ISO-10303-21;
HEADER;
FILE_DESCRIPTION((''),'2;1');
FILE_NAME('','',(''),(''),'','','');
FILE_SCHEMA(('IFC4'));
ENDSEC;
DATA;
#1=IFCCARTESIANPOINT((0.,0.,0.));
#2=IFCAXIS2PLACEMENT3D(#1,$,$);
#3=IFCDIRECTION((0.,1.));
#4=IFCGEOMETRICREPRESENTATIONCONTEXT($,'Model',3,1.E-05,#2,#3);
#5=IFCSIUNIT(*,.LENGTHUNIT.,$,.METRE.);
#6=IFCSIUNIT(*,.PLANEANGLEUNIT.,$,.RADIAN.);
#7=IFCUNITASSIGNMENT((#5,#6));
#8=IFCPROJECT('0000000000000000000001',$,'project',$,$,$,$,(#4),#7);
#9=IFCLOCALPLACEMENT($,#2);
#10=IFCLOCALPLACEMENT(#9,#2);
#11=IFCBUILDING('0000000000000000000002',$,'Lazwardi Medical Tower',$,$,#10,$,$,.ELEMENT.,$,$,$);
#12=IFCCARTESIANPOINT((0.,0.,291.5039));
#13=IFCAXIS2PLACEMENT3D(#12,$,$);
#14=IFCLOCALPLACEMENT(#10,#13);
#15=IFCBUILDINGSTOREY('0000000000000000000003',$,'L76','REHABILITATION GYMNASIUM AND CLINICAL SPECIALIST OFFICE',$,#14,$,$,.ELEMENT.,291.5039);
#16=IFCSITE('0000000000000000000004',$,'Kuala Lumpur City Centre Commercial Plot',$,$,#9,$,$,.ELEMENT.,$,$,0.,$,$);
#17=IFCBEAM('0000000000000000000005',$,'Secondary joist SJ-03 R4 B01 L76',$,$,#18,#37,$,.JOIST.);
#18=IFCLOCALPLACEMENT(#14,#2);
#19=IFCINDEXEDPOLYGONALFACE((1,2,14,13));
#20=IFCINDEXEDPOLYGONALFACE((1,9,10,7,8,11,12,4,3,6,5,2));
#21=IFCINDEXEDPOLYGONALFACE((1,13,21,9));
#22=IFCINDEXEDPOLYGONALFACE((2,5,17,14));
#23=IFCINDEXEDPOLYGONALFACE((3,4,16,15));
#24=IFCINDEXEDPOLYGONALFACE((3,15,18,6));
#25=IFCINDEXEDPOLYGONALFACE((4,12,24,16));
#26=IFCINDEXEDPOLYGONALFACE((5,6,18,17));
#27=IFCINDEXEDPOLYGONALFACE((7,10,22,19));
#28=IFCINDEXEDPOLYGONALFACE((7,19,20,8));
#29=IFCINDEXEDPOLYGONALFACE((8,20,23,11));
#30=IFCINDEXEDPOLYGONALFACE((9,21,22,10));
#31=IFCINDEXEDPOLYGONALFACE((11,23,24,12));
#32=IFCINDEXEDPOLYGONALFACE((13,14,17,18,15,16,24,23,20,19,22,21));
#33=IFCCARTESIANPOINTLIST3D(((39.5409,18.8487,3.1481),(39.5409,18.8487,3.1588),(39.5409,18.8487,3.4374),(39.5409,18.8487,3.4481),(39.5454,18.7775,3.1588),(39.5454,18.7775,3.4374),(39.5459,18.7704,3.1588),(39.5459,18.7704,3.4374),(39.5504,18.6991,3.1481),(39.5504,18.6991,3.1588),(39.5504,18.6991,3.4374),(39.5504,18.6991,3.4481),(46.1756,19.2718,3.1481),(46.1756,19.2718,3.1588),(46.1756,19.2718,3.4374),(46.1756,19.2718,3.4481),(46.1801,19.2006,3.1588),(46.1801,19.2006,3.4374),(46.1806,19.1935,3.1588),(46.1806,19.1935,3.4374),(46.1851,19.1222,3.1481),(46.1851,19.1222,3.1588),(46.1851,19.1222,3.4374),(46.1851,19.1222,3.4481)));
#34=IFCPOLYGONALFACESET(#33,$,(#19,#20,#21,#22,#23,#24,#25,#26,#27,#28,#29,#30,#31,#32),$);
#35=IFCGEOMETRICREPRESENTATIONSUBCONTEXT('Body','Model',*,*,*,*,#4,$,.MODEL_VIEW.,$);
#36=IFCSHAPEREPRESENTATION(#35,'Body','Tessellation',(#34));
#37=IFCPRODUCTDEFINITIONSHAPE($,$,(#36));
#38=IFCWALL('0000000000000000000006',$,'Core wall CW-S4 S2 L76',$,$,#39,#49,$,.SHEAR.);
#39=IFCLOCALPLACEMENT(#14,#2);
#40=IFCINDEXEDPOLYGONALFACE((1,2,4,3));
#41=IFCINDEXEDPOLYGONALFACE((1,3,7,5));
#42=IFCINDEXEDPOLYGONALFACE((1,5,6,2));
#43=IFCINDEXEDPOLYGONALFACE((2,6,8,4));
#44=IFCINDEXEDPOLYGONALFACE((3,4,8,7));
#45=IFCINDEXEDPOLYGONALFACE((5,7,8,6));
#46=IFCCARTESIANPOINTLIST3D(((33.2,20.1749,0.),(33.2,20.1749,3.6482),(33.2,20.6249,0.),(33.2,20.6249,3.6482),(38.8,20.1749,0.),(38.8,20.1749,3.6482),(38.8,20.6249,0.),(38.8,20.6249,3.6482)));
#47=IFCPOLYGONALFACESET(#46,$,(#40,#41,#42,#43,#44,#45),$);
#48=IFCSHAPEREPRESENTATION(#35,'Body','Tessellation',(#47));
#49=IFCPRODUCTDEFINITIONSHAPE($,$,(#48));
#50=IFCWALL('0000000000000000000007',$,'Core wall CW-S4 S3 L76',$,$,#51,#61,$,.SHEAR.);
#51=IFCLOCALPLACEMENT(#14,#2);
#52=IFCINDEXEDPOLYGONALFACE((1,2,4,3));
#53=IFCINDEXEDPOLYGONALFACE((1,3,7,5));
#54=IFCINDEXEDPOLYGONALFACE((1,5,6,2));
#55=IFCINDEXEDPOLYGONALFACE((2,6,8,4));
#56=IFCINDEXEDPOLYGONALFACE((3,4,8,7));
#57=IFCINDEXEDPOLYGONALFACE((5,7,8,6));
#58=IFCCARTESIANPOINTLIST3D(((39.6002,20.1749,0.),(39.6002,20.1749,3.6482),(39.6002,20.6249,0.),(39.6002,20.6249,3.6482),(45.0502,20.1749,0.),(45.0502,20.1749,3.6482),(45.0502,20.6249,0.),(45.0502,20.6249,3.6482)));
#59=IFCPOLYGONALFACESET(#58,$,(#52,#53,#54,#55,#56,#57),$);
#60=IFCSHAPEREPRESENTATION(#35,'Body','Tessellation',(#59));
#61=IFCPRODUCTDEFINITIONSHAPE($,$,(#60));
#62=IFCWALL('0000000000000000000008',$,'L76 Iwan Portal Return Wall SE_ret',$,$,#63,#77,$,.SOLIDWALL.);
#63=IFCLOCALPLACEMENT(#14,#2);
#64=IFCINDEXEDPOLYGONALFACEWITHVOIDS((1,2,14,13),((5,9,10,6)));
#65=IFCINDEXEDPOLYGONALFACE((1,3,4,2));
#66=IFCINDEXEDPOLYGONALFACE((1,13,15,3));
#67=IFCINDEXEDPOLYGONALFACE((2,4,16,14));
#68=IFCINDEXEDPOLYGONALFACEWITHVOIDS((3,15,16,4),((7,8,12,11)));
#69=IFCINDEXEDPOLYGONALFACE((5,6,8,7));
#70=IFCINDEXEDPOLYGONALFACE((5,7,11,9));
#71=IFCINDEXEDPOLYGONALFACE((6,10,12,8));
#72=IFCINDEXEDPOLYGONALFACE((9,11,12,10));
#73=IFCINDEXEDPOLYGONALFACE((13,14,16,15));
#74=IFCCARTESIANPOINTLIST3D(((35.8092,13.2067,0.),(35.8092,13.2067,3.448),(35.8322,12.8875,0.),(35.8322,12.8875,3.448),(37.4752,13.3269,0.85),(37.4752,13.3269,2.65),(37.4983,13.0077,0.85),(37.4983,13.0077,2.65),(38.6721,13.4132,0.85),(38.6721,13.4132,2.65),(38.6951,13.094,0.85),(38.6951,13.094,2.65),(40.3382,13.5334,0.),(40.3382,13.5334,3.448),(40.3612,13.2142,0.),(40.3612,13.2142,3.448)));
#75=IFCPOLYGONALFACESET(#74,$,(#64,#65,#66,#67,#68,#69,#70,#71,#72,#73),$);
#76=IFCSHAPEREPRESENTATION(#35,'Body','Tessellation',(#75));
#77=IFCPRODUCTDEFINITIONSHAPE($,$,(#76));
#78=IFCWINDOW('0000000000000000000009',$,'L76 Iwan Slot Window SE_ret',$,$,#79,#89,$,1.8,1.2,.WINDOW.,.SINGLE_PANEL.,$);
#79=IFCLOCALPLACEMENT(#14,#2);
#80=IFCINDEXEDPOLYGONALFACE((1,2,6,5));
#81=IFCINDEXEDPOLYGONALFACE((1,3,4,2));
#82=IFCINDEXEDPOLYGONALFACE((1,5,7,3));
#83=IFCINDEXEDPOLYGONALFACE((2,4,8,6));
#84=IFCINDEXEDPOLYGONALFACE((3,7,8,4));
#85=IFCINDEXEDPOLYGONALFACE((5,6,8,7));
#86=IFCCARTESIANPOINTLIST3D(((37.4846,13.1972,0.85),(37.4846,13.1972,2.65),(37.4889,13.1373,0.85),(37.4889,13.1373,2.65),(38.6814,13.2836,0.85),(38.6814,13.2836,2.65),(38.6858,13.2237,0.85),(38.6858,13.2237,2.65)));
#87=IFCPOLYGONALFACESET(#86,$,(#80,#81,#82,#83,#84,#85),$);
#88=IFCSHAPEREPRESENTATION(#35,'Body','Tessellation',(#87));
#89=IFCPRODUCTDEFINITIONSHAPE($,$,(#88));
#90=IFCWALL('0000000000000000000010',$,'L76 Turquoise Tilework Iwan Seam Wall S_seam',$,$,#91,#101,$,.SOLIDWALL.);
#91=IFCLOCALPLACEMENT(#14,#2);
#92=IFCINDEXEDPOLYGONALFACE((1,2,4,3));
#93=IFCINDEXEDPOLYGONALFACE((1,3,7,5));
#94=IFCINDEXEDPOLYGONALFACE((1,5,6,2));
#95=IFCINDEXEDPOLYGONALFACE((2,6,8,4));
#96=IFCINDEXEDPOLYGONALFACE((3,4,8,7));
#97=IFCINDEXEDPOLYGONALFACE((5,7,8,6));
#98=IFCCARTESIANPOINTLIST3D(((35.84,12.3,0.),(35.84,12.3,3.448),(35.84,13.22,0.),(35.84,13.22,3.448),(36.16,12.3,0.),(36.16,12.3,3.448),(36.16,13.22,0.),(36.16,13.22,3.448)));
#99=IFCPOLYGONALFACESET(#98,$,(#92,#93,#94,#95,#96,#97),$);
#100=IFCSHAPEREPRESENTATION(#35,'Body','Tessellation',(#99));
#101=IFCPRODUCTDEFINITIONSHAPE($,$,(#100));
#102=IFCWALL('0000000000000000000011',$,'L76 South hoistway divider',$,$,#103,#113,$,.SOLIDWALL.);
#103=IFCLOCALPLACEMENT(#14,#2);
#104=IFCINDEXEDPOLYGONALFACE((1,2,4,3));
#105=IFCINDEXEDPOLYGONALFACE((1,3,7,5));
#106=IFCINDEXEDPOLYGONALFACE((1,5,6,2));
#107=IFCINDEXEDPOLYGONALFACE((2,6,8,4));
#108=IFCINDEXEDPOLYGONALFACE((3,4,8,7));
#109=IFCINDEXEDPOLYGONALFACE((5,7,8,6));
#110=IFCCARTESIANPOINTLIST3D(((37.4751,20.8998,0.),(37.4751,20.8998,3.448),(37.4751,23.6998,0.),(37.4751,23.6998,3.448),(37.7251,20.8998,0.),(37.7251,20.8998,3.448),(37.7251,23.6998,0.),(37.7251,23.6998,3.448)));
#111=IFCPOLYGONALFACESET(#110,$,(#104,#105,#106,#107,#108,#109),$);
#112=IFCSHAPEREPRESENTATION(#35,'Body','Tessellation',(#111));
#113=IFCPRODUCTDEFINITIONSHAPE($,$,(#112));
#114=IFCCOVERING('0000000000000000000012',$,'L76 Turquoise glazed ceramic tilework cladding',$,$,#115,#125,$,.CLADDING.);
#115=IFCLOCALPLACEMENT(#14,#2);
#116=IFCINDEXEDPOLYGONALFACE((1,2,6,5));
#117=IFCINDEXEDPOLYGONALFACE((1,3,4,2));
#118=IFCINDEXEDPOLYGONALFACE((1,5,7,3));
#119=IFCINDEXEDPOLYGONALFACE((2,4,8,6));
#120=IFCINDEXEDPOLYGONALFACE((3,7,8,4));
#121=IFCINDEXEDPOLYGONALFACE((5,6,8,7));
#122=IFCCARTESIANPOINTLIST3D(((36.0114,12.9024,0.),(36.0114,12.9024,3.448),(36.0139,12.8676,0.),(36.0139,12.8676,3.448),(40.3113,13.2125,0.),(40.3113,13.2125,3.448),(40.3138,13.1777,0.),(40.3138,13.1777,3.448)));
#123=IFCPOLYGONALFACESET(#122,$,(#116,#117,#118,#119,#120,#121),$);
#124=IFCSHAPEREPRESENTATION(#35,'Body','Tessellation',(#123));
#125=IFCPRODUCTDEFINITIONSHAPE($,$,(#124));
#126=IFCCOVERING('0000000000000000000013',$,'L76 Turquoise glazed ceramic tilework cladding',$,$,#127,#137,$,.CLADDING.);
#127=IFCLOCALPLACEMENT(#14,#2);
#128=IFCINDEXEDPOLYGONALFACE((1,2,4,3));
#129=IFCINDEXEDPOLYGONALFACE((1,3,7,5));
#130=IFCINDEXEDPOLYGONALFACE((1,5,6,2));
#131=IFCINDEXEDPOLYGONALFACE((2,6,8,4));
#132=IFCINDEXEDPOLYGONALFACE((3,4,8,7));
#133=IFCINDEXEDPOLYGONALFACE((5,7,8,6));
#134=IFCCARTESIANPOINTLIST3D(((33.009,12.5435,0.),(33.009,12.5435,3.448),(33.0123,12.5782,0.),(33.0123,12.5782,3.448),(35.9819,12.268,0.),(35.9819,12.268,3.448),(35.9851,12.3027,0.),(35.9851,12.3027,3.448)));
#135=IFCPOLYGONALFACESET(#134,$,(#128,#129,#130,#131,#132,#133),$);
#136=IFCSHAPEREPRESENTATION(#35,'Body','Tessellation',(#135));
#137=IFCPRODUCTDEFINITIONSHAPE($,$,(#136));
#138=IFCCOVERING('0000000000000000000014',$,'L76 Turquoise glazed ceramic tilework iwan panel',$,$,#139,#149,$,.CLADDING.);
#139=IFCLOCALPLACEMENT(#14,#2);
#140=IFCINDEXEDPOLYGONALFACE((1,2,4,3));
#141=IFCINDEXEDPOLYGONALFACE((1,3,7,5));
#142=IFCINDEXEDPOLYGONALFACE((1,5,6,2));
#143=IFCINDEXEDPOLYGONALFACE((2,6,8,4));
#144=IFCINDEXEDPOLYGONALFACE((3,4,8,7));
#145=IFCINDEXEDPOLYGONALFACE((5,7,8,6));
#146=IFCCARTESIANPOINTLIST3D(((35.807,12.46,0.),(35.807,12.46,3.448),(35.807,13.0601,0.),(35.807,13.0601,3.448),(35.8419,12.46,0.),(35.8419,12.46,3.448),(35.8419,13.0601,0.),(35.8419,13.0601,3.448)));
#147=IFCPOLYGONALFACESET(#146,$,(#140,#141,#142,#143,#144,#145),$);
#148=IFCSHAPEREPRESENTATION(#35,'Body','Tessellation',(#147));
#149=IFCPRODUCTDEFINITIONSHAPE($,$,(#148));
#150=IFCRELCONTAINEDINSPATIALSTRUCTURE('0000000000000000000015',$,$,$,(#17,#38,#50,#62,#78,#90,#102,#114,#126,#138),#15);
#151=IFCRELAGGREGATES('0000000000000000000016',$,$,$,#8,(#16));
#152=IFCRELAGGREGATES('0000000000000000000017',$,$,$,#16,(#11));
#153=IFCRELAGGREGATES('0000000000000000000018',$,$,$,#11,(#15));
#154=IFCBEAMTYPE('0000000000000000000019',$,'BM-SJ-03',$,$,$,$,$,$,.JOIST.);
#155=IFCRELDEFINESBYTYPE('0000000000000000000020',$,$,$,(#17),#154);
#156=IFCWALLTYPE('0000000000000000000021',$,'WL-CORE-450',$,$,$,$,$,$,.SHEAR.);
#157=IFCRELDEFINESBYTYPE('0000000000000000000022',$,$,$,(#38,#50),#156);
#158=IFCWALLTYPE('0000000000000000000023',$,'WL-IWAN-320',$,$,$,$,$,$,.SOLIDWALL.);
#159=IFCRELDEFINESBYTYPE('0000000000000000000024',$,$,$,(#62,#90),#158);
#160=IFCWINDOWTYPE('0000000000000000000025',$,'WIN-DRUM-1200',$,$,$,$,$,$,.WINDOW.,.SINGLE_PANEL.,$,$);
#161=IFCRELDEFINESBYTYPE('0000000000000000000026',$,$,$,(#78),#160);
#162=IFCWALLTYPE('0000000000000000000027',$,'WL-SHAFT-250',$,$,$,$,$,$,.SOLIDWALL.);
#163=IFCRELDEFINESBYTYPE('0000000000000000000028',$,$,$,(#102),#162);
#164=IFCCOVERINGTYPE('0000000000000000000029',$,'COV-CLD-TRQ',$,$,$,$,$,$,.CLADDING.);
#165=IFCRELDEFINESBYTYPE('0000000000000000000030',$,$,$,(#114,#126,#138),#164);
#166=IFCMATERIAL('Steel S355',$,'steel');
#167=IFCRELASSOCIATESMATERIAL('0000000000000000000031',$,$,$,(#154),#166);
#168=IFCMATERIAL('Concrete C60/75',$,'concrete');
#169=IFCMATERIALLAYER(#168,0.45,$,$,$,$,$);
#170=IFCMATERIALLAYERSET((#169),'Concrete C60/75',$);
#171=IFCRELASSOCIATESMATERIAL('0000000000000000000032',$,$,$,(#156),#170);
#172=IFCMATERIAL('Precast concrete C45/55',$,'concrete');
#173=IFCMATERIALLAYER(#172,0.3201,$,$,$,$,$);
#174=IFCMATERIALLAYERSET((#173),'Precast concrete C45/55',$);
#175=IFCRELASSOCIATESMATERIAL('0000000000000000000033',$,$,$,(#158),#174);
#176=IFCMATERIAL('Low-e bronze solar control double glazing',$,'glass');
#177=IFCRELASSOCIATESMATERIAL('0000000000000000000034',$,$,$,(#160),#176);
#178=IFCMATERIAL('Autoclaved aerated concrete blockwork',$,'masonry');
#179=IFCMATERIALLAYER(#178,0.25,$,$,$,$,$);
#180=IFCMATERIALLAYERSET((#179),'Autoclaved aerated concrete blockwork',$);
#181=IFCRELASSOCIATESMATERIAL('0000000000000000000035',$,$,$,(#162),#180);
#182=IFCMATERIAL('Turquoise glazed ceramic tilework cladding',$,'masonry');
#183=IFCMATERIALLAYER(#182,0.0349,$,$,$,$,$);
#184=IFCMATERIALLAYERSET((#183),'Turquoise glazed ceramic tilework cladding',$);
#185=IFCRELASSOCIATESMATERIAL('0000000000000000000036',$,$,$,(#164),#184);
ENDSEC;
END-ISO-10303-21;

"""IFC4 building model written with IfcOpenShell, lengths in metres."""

from ifc_helpers import new_model, si_unit, direction, frame, frame_2d, origin, origin_2d, place, context, subcontext, project, spatial, rectangle, i_section, extrude, material, layer, layer_set, material_profile, profile_set, type_object, element, fill, save


model = new_model("IFC4")

# Units and contexts
model_context = context("Model", 3, precision=1e-05, world=origin(), true_north=direction((0.0, 1.0)))
body_context = subcontext(model_context, "Body", "Model", "MODEL_VIEW")
ifc_project = project(units=[si_unit("LENGTHUNIT", "METRE"), si_unit("PLANEANGLEUNIT", "RADIAN")], contexts=[model_context])

# Site, building, storey
site_placement = place(None, origin())
site = spatial("IfcSite", under=ifc_project, at=site_placement, Name="Kuala Lumpur City Centre Commercial Plot", CompositionType="ELEMENT", RefElevation=0.0)
building_placement = place(site_placement, origin())
building = spatial("IfcBuilding", under=site, at=building_placement, Name="Lazwardi Medical Tower", CompositionType="ELEMENT")
storey_placement = place(building_placement, frame((0.0, 0.0, 291.5039)))
storey = spatial("IfcBuildingStorey", under=building, at=storey_placement, Name="L76", Description="REHABILITATION GYMNASIUM AND CLINICAL SPECIALIST OFFICE", CompositionType="ELEMENT", Elevation=291.5039)

# Shared definitions
ifc_material_1 = material(Name="Concrete C60/75", Category="concrete")

# Beam
ifc_material_2 = material(Name="Steel S355", Category="steel")
ifc_material_profile_1 = material_profile(ifc_material_2, i_section(OverallWidth=0.1499, OverallDepth=0.3, WebThickness=0.0071, FlangeThickness=0.0107, at=origin_2d()), Name="IPE 300")
ifc_profile_set_1 = profile_set([ifc_material_profile_1], Name="Steel S355")
beam_type_1 = type_object("IfcBeamType", Name="BM-SJ-03", PredefinedType="JOIST", material=ifc_profile_set_1)
beam_1_placement = place(storey_placement, frame((39.5457, 18.7739, 3.2981), z_axis=(0.997973, 0.06364, 0.0), x_axis=(-0.06364, 0.997973, 0.0)))
element("IfcBeam", 1, at=beam_1_placement, inside=storey, type_object=beam_type_1, Name="Secondary joist SJ-03 R4 B01 L76", PredefinedType="JOIST", context=body_context, shape_type="SweptSolid", body=[
    extrude(i_section(OverallWidth=0.1499, OverallDepth=0.3, WebThickness=0.0071, FlangeThickness=0.0107, at=origin_2d()), origin(), (0.0, 0.0, 1.0), 6.6482),
])

# Walls
ifc_layer_1 = layer(ifc_material_1, 0.45)
ifc_layer_set_1 = layer_set([ifc_layer_1], Name="Concrete C60/75")
wall_type_1 = type_object("IfcWallType", Name="WL-CORE-450", PredefinedType="SHEAR", material=ifc_layer_set_1)
wall_1_placement = place(storey_placement, frame((33.2, 20.3999, 0.0), z_axis=(0.0, 0.0, 1.0), x_axis=(1.0, 0.0, 0.0)))
element("IfcWall", 2, at=wall_1_placement, inside=storey, type_object=wall_type_1, Name="Core wall CW-S4 S2 L76", PredefinedType="SHEAR", context=body_context, shape_type="SweptSolid", body=[
    extrude(rectangle(XDim=5.6001, YDim=0.45, at=frame_2d((2.8, 0.0))), origin(), (0.0, 0.0, 1.0), 3.6482),
])
wall_2_placement = place(storey_placement, frame((39.6001, 20.3999, 0.0), z_axis=(0.0, 0.0, 1.0), x_axis=(1.0, 0.0, 0.0)))
element("IfcWall", 3, at=wall_2_placement, inside=storey, type_object=wall_type_1, Name="Core wall CW-S4 S3 L76", PredefinedType="SHEAR", context=body_context, shape_type="SweptSolid", body=[
    extrude(rectangle(XDim=5.45, YDim=0.45, at=frame_2d((2.7251, 0.0))), origin(), (0.0, 0.0, 1.0), 3.6482),
])

# Wall, opening, window
ifc_material_3 = material(Name="Precast concrete C45/55", Category="concrete")
ifc_layer_2 = layer(ifc_material_3, 0.3201)
ifc_layer_set_2 = layer_set([ifc_layer_2], Name="Precast concrete C45/55")
wall_type_2 = type_object("IfcWallType", Name="WL-IWAN-320", PredefinedType="SOLIDWALL", material=ifc_layer_set_2)
wall_3_placement = place(storey_placement, frame((35.8206, 13.0471, 0.0), z_axis=(0.0, 0.0, 1.0), x_axis=(0.997409, 0.071939, 0.0)))
wall_3 = element("IfcWall", 4, at=wall_3_placement, inside=storey, type_object=wall_type_2, Name="L76 Iwan Portal Return Wall SE_ret", PredefinedType="SOLIDWALL", context=body_context, shape_type="SweptSolid", body=[
    extrude(rectangle(XDim=4.5408, YDim=0.3201, at=frame_2d((2.2705, 0.0))), origin(), (0.0, 0.0, 1.0), 3.448),
])
opening_placement = place(wall_3_placement, frame((1.6704, 0.0, 0.8501)))
opening = element("IfcOpeningElement", 5, at=opening_placement, cuts=wall_3, PredefinedType="OPENING", context=body_context, shape_type="SweptSolid", body=[
    extrude(rectangle(XDim=1.2, YDim=1.8, at=frame_2d((0.6001, 0.8999))), frame((0.0, 0.1699, 0.0), z_axis=(0.0, -1.0, 0.0), x_axis=(1.0, 0.0, 0.0)), (0.0, 0.0, 1.0), 0.3401),
])
ifc_material_4 = material(Name="Low-e bronze solar control double glazing", Category="glass")
window_type = type_object("IfcWindowType", Name="WIN-DRUM-1200", PartitioningType="SINGLE_PANEL", PredefinedType="WINDOW", material=ifc_material_4)
window_placement = place(opening_placement, origin())
window = element("IfcWindow", 6, at=window_placement, inside=storey, type_object=window_type, Name="L76 Iwan Slot Window SE_ret", OverallHeight=1.8, OverallWidth=1.2, PartitioningType="SINGLE_PANEL", PredefinedType="WINDOW", context=body_context, shape_type="SweptSolid", body=[
    extrude(rectangle(XDim=1.2, YDim=1.8, at=frame_2d((0.6001, 0.8999))), frame((0.0, 0.03, 0.0), z_axis=(0.0, -1.0, 0.0), x_axis=(1.0, 0.0, 0.0)), (0.0, 0.0, 1.0), 0.0601),
])
fill(opening, window)

# Walls
wall_4_placement = place(storey_placement, frame((36.0, 12.3, 0.0), z_axis=(0.0, 0.0, 1.0), x_axis=(0.0, 1.0, 0.0)))
element("IfcWall", 7, at=wall_4_placement, inside=storey, type_object=wall_type_2, Name="L76 Turquoise Tilework Iwan Seam Wall S_seam", PredefinedType="SOLIDWALL", context=body_context, shape_type="SweptSolid", body=[
    extrude(rectangle(XDim=0.9199, YDim=0.3201, at=frame_2d((0.46, 0.0))), origin(), (0.0, 0.0, 1.0), 3.448),
])
ifc_material_5 = material(Name="Autoclaved aerated concrete blockwork", Category="masonry")
ifc_layer_3 = layer(ifc_material_5, 0.25)
ifc_layer_set_3 = layer_set([ifc_layer_3], Name="Autoclaved aerated concrete blockwork")
wall_type_3 = type_object("IfcWallType", Name="WL-SHAFT-250", PredefinedType="SOLIDWALL", material=ifc_layer_set_3)
wall_5_placement = place(storey_placement, frame((37.6001, 20.8999, 0.0), z_axis=(0.0, 0.0, 1.0), x_axis=(0.0, 1.0, 0.0)))
element("IfcWall", 8, at=wall_5_placement, inside=storey, type_object=wall_type_3, Name="L76 South hoistway divider", PredefinedType="SOLIDWALL", context=body_context, shape_type="SweptSolid", body=[
    extrude(rectangle(XDim=2.8, YDim=0.25, at=frame_2d((1.3999, 0.0))), origin(), (0.0, 0.0, 1.0), 3.448),
])

# Coverings
ifc_material_6 = material(Name="Turquoise glazed ceramic tilework cladding", Category="masonry")
ifc_layer_4 = layer(ifc_material_6, 0.0349)
ifc_layer_set_4 = layer_set([ifc_layer_4], Name="Turquoise glazed ceramic tilework cladding")
covering_type = type_object("IfcCoveringType", Name="COV-CLD-TRQ", PredefinedType="CLADDING", material=ifc_layer_set_4)
covering_1_placement = place(storey_placement, frame((38.1626, 13.04, 0.0), z_axis=(0.0, 0.0, 1.0), x_axis=(0.997409, 0.071933, 0.0)))
element("IfcCovering", 9, at=covering_1_placement, inside=storey, type_object=covering_type, Name="L76 Turquoise glazed ceramic tilework cladding", PredefinedType="CLADDING", context=body_context, shape_type="SweptSolid", body=[
    extrude(rectangle(XDim=4.311, YDim=0.0349, at=origin_2d()), origin(), (0.0, 0.0, 1.0), 3.448),
])
covering_2_placement = place(storey_placement, frame((34.4971, 12.4231, 0.0), z_axis=(0.0, 0.0, 1.0), x_axis=(0.995734, -0.092275, 0.0)))
element("IfcCovering", 10, at=covering_2_placement, inside=storey, type_object=covering_type, Name="L76 Turquoise glazed ceramic tilework cladding", PredefinedType="CLADDING", context=body_context, shape_type="SweptSolid", body=[
    extrude(rectangle(XDim=2.9856, YDim=0.0349, at=origin_2d()), origin(), (0.0, 0.0, 1.0), 3.448),
])
covering_3_placement = place(storey_placement, frame((35.8245, 12.76, 0.0), z_axis=(0.0, 0.0, 1.0), x_axis=(0.0, 1.0, 0.0)))
element("IfcCovering", 11, at=covering_3_placement, inside=storey, type_object=covering_type, Name="L76 Turquoise glazed ceramic tilework iwan panel", PredefinedType="CLADDING", context=body_context, shape_type="SweptSolid", body=[
    extrude(rectangle(XDim=0.6001, YDim=0.0349, at=origin_2d()), origin(), (0.0, 0.0, 1.0), 3.448),
])

save(model, "model.ifc")
